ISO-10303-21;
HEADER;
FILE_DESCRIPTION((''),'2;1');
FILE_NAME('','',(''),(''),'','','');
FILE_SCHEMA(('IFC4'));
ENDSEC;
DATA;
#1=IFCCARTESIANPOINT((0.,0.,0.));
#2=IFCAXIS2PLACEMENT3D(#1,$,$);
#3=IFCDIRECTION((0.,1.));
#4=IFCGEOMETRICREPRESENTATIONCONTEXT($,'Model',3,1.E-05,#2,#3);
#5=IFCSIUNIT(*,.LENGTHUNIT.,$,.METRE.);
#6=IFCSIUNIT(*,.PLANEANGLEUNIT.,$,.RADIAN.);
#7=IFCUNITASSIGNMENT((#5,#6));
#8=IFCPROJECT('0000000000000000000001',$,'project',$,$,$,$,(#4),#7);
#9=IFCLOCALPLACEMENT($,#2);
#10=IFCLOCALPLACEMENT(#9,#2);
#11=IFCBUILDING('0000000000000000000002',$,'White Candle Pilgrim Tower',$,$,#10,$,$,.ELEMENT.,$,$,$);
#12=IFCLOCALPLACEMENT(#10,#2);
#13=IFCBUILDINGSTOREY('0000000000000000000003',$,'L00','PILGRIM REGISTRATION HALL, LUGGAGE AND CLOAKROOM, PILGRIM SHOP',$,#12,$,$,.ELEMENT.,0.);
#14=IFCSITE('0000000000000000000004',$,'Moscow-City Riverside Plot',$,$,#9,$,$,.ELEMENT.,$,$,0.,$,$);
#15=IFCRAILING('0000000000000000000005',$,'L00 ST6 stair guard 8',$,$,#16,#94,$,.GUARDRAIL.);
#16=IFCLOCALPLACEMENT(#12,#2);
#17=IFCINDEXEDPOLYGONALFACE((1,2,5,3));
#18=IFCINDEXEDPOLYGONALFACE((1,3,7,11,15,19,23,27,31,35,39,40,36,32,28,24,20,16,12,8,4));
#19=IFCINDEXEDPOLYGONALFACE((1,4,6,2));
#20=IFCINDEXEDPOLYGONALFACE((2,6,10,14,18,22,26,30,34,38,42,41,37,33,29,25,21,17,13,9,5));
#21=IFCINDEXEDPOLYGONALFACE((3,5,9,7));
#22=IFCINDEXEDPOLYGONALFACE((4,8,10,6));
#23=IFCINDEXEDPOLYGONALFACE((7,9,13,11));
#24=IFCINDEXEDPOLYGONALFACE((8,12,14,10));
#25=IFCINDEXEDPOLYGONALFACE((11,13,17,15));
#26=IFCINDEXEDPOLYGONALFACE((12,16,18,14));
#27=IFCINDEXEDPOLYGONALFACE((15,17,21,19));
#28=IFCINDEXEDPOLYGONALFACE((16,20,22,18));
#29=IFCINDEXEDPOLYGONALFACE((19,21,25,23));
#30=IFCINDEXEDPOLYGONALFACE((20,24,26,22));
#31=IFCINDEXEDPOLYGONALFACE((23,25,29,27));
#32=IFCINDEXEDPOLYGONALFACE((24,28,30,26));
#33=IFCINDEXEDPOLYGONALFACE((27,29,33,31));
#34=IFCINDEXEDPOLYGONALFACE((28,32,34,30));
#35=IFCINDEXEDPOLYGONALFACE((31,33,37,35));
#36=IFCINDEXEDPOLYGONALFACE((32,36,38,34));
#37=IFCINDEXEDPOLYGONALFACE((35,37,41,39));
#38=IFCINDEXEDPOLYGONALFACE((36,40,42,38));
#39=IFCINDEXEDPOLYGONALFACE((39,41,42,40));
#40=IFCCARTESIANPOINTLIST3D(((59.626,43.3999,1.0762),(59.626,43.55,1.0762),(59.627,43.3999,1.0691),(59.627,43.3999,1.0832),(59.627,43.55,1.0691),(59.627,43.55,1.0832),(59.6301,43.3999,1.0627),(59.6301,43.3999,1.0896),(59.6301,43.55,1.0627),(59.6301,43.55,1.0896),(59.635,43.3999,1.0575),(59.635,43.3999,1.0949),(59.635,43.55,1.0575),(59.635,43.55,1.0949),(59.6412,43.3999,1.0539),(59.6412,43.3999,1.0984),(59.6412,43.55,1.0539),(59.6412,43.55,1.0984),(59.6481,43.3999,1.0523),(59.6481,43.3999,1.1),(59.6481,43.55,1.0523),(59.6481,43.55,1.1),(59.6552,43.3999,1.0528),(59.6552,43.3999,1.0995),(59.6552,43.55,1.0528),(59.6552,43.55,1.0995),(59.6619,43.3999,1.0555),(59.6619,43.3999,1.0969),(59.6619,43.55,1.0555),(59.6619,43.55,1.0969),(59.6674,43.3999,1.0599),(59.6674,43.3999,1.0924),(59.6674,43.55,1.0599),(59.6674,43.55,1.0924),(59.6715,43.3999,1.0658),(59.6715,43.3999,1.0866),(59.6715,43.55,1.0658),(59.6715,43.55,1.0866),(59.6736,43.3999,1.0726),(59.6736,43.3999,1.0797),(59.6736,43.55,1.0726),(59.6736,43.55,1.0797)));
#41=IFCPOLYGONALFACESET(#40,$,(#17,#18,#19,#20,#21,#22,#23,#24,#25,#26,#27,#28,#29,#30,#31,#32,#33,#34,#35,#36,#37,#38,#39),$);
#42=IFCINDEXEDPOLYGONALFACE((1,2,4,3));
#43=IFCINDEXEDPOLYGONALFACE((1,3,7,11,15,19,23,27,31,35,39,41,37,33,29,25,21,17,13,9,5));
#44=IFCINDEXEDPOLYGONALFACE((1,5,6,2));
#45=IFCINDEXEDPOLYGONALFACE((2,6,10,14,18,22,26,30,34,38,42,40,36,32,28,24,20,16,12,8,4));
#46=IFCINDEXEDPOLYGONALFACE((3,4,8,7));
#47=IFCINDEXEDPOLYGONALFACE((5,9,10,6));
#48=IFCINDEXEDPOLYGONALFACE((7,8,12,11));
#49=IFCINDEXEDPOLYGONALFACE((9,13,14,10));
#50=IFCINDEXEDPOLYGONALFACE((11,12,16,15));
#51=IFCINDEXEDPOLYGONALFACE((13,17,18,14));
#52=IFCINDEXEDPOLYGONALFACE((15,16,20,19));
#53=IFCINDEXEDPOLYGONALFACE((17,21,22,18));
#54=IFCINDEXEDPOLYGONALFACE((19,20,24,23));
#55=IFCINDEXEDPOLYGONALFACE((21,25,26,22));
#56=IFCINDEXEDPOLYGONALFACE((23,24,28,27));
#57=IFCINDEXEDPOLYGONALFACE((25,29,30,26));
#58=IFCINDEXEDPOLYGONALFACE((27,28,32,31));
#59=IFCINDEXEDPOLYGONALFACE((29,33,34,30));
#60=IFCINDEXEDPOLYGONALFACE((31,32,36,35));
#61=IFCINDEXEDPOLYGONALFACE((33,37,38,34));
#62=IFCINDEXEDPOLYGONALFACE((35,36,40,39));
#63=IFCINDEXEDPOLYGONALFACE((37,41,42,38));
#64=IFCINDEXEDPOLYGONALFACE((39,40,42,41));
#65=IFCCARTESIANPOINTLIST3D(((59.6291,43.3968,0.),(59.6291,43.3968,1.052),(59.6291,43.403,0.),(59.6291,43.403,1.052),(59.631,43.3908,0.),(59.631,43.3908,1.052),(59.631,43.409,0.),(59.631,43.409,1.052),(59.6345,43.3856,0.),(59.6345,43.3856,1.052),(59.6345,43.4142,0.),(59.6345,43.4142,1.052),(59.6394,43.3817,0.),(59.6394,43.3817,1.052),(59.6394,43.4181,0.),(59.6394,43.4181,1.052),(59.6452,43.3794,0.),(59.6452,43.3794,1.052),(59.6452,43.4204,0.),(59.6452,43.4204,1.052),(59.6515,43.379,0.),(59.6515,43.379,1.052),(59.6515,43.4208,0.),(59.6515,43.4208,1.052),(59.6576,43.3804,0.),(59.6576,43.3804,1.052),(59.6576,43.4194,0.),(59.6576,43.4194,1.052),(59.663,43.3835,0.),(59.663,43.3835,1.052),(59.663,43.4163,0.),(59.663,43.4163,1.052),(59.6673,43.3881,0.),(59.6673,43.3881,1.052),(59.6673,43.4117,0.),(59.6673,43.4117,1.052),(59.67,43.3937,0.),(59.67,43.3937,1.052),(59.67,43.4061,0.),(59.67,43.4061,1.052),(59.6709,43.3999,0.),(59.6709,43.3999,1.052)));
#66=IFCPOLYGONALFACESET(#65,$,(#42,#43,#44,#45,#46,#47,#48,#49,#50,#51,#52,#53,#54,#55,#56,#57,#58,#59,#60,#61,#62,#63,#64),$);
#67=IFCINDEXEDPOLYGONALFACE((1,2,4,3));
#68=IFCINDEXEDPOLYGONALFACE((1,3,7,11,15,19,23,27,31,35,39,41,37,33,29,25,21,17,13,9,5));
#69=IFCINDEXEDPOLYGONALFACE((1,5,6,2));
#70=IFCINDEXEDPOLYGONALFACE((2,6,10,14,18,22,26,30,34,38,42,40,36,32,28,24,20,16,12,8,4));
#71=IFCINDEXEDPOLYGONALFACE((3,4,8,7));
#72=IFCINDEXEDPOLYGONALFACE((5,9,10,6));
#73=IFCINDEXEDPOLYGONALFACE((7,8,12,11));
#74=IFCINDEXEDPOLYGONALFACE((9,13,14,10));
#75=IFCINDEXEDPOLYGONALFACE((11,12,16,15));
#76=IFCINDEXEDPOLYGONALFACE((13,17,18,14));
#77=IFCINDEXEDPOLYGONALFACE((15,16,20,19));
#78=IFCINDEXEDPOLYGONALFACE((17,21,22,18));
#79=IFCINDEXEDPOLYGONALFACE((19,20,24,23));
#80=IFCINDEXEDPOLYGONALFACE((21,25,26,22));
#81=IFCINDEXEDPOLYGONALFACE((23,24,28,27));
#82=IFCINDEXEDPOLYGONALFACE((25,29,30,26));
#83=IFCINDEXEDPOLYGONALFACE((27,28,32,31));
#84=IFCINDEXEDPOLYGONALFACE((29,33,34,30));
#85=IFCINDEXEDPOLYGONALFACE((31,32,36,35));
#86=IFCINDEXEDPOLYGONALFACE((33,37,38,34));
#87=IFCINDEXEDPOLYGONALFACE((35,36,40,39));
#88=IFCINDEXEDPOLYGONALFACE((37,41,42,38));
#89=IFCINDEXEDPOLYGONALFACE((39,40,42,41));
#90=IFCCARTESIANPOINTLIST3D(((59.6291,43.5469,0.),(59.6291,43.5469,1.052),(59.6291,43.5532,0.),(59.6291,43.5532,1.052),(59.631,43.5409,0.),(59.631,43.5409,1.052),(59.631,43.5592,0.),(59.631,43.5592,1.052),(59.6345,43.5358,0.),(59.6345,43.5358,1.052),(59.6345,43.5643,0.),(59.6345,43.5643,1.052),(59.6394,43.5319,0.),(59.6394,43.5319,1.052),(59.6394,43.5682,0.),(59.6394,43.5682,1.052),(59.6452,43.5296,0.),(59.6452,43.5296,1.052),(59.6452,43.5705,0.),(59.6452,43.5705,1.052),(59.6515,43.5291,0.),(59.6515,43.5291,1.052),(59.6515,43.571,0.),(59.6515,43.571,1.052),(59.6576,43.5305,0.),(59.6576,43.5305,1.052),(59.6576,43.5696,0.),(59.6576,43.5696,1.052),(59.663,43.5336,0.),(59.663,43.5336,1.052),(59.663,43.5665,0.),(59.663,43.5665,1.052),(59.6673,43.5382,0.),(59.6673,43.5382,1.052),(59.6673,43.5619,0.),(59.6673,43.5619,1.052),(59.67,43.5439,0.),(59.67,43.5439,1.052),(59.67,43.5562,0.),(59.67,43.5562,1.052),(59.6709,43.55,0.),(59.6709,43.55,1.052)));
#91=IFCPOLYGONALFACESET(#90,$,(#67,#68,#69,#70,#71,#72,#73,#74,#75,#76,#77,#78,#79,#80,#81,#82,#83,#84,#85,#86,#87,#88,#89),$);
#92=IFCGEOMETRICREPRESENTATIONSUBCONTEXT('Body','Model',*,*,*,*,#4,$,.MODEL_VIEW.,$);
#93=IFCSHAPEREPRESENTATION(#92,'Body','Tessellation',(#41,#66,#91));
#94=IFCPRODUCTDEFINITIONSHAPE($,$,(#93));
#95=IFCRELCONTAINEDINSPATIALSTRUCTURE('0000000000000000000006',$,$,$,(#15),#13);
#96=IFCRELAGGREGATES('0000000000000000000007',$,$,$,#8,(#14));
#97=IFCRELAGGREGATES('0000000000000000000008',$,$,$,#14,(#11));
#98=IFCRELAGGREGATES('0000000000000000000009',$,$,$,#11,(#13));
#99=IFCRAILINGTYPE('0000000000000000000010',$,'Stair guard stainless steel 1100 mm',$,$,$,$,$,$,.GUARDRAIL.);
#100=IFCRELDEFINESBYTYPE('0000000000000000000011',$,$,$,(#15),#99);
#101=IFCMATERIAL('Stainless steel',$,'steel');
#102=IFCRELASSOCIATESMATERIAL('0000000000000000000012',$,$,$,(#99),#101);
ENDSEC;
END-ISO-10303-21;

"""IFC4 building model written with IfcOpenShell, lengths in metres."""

from ifc_helpers import new_model, si_unit, direction, frame, origin, origin_2d, place, context, subcontext, project, spatial, circle, extrude, material, type_object, element, save


model = new_model("IFC4")

# Units and contexts
model_context = context("Model", 3, precision=1e-05, world=origin(), true_north=direction((0.0, 1.0)))
body_context = subcontext(model_context, "Body", "Model", "MODEL_VIEW")
ifc_project = project(units=[si_unit("LENGTHUNIT", "METRE"), si_unit("PLANEANGLEUNIT", "RADIAN")], contexts=[model_context])

# Site, building, storey
site_placement = place(None, origin())
site = spatial("IfcSite", under=ifc_project, at=site_placement, Name="Moscow-City Riverside Plot", CompositionType="ELEMENT", RefElevation=0.0)
building_placement = place(site_placement, origin())
building = spatial("IfcBuilding", under=site, at=building_placement, Name="White Candle Pilgrim Tower", CompositionType="ELEMENT")
storey_placement = place(building_placement, origin())
storey = spatial("IfcBuildingStorey", under=building, at=storey_placement, Name="L00", Description="PILGRIM REGISTRATION HALL, LUGGAGE AND CLOAKROOM, PILGRIM SHOP", CompositionType="ELEMENT", Elevation=0.0)

# Railing
ifc_material_1 = material(Name="Stainless steel", Category="steel")
railing_type_1 = type_object("IfcRailingType", Name="Stair guard stainless steel 1100 mm", PredefinedType="GUARDRAIL", material=ifc_material_1)
railing_1_placement = place(storey_placement, frame((59.6499, 43.3999, 0.0)))
element("IfcRailing", 1, at=railing_1_placement, inside=storey, type_object=railing_type_1, Name="L00 ST6 stair guard 8", PredefinedType="GUARDRAIL", context=body_context, shape_type="SweptSolid", body=[
    extrude(circle(Radius=0.0239, at=origin_2d()), frame((0.0, 0.0, 1.0762), z_axis=(0.0, 1.0, 0.0), x_axis=(-1.0, 0.0, 0.0)), (0.0, 0.0, 1.0), 0.1501),
    extrude(circle(Radius=0.021, at=origin_2d()), origin(), (0.0, 0.0, 1.0), 1.052),
    extrude(circle(Radius=0.021, at=origin_2d()), frame((0.0, 0.1501, 0.0)), (0.0, 0.0, 1.0), 1.052),
])

save(model, "model.ifc")
